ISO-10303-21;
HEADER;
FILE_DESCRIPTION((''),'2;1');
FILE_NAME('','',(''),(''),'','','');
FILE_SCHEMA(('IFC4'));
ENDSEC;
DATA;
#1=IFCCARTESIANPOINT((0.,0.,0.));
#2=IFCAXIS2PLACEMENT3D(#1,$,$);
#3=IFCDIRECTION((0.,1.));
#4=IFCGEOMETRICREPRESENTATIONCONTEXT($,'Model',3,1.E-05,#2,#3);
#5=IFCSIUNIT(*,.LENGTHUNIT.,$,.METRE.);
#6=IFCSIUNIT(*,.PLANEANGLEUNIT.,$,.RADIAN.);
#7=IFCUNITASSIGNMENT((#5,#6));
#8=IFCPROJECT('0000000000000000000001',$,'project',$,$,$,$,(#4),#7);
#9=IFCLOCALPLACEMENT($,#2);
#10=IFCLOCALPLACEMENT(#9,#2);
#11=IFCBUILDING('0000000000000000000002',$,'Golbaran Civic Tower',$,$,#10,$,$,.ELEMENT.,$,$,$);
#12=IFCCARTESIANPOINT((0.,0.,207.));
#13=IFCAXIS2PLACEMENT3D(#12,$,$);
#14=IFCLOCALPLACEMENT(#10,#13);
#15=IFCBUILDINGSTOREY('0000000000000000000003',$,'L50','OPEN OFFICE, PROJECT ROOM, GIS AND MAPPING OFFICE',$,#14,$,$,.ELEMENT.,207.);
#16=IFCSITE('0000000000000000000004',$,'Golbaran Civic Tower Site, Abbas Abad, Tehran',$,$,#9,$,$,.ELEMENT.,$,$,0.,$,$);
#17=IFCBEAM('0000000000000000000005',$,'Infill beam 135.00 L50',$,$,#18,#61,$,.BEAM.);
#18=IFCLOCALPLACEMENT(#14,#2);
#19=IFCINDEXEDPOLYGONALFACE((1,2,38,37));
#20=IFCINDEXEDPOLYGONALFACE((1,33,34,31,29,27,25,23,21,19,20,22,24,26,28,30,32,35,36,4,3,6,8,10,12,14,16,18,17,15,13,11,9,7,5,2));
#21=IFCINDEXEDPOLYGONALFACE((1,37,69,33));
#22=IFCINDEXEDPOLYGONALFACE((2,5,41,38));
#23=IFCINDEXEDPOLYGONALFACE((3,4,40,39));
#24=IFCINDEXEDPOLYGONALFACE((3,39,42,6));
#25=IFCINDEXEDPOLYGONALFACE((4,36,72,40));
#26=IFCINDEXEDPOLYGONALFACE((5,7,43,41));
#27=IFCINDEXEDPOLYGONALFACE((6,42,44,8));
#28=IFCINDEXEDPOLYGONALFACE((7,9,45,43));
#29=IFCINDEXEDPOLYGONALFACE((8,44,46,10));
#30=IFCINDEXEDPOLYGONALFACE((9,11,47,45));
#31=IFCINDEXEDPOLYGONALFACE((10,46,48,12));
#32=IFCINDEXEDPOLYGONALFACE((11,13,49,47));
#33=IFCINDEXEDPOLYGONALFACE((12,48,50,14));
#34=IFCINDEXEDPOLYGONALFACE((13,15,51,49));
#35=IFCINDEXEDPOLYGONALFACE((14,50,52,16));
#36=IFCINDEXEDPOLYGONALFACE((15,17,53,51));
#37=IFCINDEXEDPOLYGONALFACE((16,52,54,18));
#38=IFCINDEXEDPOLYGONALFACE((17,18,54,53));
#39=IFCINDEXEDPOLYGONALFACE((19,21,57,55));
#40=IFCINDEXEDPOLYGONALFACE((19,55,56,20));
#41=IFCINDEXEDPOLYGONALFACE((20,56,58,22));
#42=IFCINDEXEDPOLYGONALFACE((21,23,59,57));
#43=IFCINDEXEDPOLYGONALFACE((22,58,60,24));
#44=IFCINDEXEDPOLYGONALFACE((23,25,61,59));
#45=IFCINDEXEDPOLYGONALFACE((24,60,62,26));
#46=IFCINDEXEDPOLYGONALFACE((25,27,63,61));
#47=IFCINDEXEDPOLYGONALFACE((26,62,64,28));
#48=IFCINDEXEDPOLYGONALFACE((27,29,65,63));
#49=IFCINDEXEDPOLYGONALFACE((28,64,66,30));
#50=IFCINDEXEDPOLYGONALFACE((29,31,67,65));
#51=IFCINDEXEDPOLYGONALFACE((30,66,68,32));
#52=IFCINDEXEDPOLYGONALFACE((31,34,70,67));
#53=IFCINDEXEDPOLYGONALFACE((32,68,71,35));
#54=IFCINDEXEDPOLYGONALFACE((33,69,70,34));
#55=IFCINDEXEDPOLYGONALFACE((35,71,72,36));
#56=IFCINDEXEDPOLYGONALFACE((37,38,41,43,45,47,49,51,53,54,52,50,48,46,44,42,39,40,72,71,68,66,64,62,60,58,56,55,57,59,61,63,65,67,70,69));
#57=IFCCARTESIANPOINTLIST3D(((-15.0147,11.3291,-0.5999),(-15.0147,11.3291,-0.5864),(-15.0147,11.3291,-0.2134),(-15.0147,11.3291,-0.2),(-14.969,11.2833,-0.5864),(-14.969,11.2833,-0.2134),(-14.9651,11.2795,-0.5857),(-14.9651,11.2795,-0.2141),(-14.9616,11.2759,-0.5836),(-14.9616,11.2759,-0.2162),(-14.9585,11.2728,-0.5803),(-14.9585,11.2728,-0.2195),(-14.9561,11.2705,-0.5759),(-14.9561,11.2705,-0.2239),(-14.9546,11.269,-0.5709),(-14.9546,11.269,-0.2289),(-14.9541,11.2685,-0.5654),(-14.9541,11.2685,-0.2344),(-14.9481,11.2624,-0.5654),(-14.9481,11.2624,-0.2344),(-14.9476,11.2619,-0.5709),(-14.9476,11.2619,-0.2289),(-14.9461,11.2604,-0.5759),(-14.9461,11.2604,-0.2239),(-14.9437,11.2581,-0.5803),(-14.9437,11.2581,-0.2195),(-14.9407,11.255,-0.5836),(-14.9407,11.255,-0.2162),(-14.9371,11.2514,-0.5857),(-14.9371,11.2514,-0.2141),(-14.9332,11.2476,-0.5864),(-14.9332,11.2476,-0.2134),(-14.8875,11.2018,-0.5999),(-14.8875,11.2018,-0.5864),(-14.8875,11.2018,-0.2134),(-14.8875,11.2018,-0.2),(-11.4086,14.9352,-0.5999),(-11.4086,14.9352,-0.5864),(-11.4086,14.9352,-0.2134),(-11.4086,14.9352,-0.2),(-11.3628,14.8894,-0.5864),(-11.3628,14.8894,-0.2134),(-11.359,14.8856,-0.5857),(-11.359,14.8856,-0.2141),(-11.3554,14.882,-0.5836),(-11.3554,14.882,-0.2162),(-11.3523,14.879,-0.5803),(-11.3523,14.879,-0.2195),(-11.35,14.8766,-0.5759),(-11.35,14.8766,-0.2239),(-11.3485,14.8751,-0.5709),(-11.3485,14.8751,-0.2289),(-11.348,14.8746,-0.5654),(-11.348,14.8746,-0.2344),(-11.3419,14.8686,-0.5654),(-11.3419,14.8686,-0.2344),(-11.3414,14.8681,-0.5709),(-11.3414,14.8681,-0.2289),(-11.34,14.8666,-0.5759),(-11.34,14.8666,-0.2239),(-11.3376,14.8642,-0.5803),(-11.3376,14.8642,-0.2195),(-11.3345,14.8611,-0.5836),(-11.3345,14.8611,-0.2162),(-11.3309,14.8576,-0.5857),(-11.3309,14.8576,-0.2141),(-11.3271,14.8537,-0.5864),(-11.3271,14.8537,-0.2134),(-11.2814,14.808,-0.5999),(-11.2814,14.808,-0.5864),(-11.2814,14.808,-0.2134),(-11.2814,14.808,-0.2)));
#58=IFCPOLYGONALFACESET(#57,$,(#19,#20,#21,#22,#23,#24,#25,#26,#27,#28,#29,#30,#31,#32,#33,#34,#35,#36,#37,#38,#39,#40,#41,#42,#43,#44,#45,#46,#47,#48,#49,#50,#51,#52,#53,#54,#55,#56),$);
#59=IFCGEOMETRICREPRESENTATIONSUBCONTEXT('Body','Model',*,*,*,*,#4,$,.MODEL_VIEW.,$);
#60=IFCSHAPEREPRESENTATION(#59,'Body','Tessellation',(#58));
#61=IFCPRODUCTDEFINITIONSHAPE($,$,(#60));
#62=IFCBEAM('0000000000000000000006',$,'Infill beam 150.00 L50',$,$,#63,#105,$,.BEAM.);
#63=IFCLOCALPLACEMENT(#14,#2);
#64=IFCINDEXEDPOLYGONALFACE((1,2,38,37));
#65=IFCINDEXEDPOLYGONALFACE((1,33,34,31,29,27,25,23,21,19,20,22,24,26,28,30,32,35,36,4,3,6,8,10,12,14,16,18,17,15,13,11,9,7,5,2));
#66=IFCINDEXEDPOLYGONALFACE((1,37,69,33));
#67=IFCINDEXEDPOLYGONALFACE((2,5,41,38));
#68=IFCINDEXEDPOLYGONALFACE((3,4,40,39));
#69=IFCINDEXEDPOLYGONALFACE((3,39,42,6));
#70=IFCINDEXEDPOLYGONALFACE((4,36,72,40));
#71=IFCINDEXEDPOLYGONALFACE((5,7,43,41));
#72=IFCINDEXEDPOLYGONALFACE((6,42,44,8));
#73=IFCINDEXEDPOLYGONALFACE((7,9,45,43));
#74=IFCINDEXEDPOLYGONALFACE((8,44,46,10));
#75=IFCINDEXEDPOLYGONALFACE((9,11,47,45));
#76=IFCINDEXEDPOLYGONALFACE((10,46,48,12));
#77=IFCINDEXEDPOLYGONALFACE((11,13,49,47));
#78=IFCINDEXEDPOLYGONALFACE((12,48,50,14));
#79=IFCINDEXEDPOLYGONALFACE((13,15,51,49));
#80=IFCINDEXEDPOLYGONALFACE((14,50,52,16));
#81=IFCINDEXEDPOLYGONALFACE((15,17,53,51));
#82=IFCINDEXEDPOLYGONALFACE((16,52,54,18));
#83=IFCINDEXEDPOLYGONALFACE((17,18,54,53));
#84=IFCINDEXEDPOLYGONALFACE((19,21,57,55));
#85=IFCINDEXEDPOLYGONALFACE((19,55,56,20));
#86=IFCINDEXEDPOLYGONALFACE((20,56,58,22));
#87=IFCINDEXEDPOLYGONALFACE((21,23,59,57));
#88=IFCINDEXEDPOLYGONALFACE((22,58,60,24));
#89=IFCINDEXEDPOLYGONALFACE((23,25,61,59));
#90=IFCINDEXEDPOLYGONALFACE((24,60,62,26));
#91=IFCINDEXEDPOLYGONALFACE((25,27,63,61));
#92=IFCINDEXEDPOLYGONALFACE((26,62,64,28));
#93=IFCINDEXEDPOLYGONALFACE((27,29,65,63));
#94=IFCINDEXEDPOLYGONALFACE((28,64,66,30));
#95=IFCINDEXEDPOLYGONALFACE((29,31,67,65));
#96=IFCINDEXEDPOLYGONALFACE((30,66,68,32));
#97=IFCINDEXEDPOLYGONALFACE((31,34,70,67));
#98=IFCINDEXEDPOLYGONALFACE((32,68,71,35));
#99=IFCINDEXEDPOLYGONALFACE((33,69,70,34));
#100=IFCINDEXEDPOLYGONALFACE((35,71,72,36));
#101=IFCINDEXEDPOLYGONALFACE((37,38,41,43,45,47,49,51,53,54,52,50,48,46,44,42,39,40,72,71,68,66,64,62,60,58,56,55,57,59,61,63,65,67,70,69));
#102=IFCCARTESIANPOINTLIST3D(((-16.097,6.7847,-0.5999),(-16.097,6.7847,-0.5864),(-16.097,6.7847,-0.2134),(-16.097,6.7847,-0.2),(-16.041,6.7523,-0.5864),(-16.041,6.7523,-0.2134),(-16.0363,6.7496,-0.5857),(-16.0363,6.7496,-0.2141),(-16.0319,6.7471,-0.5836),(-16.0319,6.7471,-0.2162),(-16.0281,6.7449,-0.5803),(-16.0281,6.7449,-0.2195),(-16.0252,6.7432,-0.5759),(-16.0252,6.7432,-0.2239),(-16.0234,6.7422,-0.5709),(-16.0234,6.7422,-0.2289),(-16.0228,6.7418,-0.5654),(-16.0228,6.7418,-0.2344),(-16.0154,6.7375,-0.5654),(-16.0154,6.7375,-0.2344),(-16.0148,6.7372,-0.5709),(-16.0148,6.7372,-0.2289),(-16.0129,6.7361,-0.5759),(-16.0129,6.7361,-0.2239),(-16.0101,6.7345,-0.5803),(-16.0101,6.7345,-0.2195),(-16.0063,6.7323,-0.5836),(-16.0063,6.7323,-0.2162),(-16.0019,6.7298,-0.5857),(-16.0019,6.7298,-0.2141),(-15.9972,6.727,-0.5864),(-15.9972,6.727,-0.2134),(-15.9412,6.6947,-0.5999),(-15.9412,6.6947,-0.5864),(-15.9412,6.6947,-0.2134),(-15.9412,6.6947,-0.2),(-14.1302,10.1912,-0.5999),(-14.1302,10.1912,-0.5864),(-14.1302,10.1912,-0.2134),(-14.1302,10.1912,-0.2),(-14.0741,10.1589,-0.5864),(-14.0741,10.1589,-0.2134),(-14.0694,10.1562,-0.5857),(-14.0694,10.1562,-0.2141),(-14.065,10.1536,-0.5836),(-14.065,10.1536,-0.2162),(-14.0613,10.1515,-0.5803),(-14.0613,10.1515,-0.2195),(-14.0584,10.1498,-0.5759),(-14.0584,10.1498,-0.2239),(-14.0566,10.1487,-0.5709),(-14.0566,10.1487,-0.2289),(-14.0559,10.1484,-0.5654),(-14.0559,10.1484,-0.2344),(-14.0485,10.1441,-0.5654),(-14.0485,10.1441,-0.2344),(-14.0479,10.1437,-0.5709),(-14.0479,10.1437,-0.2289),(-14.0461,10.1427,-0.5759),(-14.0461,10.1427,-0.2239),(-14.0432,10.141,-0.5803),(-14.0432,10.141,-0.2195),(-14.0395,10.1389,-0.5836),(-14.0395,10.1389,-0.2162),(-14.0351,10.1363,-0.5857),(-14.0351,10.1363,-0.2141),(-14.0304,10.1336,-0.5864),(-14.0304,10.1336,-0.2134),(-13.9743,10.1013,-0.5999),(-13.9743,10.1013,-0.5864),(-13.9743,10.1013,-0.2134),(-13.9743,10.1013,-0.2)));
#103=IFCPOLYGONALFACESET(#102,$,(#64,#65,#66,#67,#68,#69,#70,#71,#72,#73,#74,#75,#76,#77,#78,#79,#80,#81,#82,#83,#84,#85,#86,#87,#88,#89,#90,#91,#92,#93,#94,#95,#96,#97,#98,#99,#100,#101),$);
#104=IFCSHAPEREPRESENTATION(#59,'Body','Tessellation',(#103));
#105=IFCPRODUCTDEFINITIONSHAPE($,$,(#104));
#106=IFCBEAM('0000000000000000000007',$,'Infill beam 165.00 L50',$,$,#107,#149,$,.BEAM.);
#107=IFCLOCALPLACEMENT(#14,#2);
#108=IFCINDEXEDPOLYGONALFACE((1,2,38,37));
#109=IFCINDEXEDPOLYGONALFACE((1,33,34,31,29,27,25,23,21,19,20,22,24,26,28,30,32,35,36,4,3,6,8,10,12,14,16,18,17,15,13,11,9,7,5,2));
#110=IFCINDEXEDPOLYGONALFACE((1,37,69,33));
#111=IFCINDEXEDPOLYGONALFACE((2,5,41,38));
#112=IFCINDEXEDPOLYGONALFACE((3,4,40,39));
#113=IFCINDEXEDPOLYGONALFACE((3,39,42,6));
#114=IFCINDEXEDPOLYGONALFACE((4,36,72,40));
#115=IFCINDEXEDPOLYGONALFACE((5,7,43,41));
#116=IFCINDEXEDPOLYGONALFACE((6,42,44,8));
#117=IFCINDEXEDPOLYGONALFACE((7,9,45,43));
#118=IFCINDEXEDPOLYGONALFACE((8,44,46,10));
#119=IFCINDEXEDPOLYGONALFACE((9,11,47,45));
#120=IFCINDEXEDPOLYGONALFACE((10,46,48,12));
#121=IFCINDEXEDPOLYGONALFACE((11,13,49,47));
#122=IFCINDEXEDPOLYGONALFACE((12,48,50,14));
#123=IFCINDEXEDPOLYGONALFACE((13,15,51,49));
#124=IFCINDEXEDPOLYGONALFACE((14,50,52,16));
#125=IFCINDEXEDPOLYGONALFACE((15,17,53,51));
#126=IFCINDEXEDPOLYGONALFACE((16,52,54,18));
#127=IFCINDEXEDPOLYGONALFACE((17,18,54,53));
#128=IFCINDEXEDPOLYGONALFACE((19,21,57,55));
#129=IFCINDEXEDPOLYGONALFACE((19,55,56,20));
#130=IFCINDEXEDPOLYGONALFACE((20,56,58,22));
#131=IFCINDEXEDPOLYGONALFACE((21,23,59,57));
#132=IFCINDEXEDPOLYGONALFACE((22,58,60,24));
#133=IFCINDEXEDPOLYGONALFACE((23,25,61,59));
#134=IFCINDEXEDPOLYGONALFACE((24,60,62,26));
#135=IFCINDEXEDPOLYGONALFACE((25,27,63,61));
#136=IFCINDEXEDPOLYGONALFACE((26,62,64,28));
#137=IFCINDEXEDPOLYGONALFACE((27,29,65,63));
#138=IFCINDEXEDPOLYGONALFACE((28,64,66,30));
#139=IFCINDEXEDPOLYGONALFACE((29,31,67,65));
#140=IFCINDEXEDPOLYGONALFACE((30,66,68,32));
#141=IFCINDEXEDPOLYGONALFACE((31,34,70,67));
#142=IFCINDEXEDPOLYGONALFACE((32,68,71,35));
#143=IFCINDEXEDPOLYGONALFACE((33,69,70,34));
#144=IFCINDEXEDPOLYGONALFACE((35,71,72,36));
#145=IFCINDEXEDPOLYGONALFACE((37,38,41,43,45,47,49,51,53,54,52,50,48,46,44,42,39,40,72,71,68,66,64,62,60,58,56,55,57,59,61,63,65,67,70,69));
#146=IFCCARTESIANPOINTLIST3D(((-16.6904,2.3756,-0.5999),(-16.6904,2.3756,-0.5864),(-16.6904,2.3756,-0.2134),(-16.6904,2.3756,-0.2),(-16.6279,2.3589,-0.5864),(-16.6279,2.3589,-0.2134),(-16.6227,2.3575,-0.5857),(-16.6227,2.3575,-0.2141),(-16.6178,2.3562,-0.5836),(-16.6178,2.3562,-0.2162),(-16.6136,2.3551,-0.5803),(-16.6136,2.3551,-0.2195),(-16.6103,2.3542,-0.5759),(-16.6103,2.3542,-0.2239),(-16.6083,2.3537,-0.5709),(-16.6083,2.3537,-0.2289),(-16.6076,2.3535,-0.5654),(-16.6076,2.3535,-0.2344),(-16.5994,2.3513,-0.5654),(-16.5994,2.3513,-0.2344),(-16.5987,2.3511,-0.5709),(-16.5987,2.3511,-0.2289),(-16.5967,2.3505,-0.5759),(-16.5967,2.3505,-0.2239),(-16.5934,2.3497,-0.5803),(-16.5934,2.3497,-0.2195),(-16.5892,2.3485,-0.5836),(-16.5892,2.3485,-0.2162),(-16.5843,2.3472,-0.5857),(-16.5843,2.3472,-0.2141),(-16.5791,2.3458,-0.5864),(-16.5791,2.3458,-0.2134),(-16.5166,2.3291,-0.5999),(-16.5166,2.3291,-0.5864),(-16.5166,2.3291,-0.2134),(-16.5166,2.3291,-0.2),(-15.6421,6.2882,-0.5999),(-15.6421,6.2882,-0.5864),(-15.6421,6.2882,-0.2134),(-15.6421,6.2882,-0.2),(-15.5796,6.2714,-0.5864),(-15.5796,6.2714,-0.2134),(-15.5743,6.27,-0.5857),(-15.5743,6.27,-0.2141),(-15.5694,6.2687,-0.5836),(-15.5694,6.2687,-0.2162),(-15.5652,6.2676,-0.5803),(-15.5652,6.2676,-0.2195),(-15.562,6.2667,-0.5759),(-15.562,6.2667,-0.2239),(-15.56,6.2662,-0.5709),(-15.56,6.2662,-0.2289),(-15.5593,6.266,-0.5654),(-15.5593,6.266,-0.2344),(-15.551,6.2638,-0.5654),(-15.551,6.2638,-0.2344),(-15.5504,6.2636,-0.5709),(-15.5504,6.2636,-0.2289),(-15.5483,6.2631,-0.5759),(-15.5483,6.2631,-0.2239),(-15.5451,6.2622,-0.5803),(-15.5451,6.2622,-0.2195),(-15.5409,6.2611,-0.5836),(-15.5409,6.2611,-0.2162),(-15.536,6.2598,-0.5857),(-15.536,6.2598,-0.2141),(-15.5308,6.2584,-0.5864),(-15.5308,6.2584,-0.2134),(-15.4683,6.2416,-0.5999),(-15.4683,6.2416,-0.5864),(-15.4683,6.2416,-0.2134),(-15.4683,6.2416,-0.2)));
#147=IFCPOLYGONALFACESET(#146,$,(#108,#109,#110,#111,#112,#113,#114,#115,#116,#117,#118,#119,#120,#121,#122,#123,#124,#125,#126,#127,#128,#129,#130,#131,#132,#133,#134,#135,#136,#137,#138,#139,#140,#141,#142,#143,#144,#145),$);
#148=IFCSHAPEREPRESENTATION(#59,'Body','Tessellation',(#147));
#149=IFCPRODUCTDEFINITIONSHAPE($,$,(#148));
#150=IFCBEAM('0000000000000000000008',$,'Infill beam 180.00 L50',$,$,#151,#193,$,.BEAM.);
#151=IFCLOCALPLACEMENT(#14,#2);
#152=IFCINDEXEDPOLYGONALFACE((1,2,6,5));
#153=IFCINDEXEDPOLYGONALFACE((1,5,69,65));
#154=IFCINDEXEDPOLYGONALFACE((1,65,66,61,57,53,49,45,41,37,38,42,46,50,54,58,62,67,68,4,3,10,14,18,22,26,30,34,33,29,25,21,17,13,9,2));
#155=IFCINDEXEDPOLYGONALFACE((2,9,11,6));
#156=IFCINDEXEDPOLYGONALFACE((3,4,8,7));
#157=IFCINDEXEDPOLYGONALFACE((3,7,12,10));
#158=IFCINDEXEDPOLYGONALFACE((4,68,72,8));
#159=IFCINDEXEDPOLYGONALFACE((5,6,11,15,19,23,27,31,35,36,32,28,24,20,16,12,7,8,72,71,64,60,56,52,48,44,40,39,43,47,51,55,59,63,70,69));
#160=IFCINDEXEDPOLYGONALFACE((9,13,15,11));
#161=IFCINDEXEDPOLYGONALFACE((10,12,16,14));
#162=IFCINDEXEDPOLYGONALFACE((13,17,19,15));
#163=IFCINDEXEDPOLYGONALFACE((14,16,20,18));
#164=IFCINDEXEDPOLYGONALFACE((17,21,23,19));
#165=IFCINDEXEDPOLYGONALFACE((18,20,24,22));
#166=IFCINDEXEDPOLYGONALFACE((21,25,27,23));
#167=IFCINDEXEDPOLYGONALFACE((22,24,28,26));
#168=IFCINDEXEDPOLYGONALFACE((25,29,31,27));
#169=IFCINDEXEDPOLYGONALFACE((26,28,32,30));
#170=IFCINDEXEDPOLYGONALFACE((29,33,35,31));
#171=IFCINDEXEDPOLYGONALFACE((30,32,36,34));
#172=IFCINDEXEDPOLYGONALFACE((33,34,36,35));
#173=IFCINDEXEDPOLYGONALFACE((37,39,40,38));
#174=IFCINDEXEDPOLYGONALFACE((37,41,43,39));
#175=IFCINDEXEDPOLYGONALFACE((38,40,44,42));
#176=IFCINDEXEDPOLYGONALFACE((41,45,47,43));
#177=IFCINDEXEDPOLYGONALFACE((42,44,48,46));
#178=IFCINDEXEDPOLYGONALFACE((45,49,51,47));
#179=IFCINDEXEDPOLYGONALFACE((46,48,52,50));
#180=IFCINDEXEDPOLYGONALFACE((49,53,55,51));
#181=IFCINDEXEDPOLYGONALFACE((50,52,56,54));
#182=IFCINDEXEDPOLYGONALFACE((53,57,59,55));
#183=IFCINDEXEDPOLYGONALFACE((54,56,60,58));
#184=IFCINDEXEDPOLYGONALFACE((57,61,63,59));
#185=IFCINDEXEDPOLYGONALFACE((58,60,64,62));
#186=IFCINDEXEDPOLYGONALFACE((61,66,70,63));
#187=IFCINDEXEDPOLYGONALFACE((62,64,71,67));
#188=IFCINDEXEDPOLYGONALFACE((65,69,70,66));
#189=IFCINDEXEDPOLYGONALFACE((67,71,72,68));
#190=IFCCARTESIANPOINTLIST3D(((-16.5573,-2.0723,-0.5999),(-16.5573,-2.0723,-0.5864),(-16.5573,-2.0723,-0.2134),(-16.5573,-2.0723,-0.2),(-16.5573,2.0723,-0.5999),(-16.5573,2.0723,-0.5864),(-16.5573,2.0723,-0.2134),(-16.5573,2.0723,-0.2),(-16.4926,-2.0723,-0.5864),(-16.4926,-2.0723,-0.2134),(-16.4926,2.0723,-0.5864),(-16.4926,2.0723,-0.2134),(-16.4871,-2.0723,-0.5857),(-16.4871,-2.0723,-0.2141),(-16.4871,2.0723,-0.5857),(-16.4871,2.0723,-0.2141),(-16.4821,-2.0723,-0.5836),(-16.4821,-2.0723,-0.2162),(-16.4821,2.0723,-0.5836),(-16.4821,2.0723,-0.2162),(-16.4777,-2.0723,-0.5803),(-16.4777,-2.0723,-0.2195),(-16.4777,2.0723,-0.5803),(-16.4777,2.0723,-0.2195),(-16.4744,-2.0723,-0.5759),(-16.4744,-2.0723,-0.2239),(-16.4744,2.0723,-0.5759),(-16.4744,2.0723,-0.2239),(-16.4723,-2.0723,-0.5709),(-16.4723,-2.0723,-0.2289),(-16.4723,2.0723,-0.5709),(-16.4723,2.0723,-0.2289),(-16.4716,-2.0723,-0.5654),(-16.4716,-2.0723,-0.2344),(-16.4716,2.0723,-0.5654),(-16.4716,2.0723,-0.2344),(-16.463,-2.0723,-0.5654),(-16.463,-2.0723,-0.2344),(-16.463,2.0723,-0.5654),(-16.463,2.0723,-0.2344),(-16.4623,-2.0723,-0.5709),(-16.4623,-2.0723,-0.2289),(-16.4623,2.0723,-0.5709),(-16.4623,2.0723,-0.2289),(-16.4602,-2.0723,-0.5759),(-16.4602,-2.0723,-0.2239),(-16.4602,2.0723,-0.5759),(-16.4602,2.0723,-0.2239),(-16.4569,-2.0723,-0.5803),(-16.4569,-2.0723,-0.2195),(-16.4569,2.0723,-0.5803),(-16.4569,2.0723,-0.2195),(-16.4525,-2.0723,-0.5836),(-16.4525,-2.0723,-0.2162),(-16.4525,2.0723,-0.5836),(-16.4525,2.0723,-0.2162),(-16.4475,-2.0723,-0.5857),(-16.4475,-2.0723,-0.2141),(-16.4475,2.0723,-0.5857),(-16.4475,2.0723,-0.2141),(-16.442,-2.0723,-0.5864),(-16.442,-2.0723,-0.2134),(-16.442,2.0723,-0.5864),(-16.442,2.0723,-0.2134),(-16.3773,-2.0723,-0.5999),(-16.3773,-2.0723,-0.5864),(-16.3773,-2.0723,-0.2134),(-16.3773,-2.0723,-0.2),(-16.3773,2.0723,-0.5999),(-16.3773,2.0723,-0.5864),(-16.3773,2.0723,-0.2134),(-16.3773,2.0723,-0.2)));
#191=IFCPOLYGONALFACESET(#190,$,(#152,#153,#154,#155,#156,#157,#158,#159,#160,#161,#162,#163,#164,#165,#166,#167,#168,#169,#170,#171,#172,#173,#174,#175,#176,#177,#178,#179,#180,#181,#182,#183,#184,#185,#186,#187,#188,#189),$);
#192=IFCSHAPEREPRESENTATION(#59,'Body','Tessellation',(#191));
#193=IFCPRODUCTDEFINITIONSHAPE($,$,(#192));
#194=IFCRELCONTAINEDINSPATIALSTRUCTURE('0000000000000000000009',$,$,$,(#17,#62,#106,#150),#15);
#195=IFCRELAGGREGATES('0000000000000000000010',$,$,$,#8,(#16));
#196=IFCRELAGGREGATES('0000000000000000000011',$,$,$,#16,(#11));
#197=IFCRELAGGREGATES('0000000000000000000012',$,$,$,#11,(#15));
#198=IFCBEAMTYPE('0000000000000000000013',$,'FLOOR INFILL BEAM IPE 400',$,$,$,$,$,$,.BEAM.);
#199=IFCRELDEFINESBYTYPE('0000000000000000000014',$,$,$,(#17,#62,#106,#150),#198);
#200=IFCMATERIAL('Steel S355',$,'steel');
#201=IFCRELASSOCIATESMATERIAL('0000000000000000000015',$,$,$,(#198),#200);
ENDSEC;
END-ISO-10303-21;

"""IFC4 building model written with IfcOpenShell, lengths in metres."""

from ifc_helpers import new_model, si_unit, direction, frame, origin, origin_2d, place, context, subcontext, project, spatial, i_section, extrude, material, material_profile, profile_set, type_object, element, save


model = new_model("IFC4")

# Units and contexts
model_context = context("Model", 3, precision=1e-05, world=origin(), true_north=direction((0.0, 1.0)))
body_context = subcontext(model_context, "Body", "Model", "MODEL_VIEW")
ifc_project = project(units=[si_unit("LENGTHUNIT", "METRE"), si_unit("PLANEANGLEUNIT", "RADIAN")], contexts=[model_context])

# Site, building, storey
site_placement = place(None, origin())
site = spatial("IfcSite", under=ifc_project, at=site_placement, Name="Golbaran Civic Tower Site, Abbas Abad, Tehran", CompositionType="ELEMENT", RefElevation=0.0)
building_placement = place(site_placement, origin())
building = spatial("IfcBuilding", under=site, at=building_placement, Name="Golbaran Civic Tower", CompositionType="ELEMENT")
storey_placement = place(building_placement, frame((0.0, 0.0, 207.0)))
storey = spatial("IfcBuildingStorey", under=building, at=storey_placement, Name="L50", Description="OPEN OFFICE, PROJECT ROOM, GIS AND MAPPING OFFICE", CompositionType="ELEMENT", Elevation=207.0)

# Beams
ifc_material_1 = material(Name="Steel S355", Category="steel")
ifc_material_profile_1 = material_profile(ifc_material_1, i_section(OverallWidth=0.1799, OverallDepth=0.3999, WebThickness=0.0085, FlangeThickness=0.0134, FilletRadius=0.021, at=origin_2d()), Name="IPE 400")
ifc_profile_set_1 = profile_set([ifc_material_profile_1], Name="Steel S355")
beam_type_1 = type_object("IfcBeamType", Name="FLOOR INFILL BEAM IPE 400", PredefinedType="BEAM", material=ifc_profile_set_1)
beam_1_placement = place(storey_placement, frame((-11.345, 14.8716, -0.3999), z_axis=(-0.707107, -0.707107, 0.0), x_axis=(0.707107, -0.707107, 0.0)))
element("IfcBeam", 1, at=beam_1_placement, inside=storey, type_object=beam_type_1, Name="Infill beam 135.00 L50", PredefinedType="BEAM", context=body_context, shape_type="SweptSolid", body=[
    extrude(i_section(OverallWidth=0.1799, OverallDepth=0.3999, WebThickness=0.0085, FlangeThickness=0.0134, FilletRadius=0.021, at=origin_2d()), origin(), (0.0, 0.0, 1.0), 5.0999),
])
beam_2_placement = place(storey_placement, frame((-14.0522, 10.1462, -0.3999), z_axis=(-0.500011, -0.866019, 0.0), x_axis=(0.866019, -0.500011, 0.0)))
element("IfcBeam", 2, at=beam_2_placement, inside=storey, type_object=beam_type_1, Name="Infill beam 150.00 L50", PredefinedType="BEAM", context=body_context, shape_type="SweptSolid", body=[
    extrude(i_section(OverallWidth=0.1799, OverallDepth=0.3999, WebThickness=0.0085, FlangeThickness=0.0134, FilletRadius=0.021, at=origin_2d()), origin(), (0.0, 0.0, 1.0), 3.9336),
])
beam_3_placement = place(storey_placement, frame((-15.5552, 6.2649, -0.3999), z_axis=(-0.25881, -0.965928, 0.0), x_axis=(0.965928, -0.25881, 0.0)))
element("IfcBeam", 3, at=beam_3_placement, inside=storey, type_object=beam_type_1, Name="Infill beam 165.00 L50", PredefinedType="BEAM", context=body_context, shape_type="SweptSolid", body=[
    extrude(i_section(OverallWidth=0.1799, OverallDepth=0.3999, WebThickness=0.0085, FlangeThickness=0.0134, FilletRadius=0.021, at=origin_2d()), origin(), (0.0, 0.0, 1.0), 4.0505),
])
beam_4_placement = place(storey_placement, frame((-16.4673, 2.0723, -0.3999), z_axis=(0.0, -1.0, 0.0), x_axis=(1.0, 0.0, 0.0)))
element("IfcBeam", 4, at=beam_4_placement, inside=storey, type_object=beam_type_1, Name="Infill beam 180.00 L50", PredefinedType="BEAM", context=body_context, shape_type="SweptSolid", body=[
    extrude(i_section(OverallWidth=0.1799, OverallDepth=0.3999, WebThickness=0.0085, FlangeThickness=0.0134, FilletRadius=0.021, at=origin_2d()), origin(), (0.0, 0.0, 1.0), 4.1445),
])

save(model, "model.ifc")
